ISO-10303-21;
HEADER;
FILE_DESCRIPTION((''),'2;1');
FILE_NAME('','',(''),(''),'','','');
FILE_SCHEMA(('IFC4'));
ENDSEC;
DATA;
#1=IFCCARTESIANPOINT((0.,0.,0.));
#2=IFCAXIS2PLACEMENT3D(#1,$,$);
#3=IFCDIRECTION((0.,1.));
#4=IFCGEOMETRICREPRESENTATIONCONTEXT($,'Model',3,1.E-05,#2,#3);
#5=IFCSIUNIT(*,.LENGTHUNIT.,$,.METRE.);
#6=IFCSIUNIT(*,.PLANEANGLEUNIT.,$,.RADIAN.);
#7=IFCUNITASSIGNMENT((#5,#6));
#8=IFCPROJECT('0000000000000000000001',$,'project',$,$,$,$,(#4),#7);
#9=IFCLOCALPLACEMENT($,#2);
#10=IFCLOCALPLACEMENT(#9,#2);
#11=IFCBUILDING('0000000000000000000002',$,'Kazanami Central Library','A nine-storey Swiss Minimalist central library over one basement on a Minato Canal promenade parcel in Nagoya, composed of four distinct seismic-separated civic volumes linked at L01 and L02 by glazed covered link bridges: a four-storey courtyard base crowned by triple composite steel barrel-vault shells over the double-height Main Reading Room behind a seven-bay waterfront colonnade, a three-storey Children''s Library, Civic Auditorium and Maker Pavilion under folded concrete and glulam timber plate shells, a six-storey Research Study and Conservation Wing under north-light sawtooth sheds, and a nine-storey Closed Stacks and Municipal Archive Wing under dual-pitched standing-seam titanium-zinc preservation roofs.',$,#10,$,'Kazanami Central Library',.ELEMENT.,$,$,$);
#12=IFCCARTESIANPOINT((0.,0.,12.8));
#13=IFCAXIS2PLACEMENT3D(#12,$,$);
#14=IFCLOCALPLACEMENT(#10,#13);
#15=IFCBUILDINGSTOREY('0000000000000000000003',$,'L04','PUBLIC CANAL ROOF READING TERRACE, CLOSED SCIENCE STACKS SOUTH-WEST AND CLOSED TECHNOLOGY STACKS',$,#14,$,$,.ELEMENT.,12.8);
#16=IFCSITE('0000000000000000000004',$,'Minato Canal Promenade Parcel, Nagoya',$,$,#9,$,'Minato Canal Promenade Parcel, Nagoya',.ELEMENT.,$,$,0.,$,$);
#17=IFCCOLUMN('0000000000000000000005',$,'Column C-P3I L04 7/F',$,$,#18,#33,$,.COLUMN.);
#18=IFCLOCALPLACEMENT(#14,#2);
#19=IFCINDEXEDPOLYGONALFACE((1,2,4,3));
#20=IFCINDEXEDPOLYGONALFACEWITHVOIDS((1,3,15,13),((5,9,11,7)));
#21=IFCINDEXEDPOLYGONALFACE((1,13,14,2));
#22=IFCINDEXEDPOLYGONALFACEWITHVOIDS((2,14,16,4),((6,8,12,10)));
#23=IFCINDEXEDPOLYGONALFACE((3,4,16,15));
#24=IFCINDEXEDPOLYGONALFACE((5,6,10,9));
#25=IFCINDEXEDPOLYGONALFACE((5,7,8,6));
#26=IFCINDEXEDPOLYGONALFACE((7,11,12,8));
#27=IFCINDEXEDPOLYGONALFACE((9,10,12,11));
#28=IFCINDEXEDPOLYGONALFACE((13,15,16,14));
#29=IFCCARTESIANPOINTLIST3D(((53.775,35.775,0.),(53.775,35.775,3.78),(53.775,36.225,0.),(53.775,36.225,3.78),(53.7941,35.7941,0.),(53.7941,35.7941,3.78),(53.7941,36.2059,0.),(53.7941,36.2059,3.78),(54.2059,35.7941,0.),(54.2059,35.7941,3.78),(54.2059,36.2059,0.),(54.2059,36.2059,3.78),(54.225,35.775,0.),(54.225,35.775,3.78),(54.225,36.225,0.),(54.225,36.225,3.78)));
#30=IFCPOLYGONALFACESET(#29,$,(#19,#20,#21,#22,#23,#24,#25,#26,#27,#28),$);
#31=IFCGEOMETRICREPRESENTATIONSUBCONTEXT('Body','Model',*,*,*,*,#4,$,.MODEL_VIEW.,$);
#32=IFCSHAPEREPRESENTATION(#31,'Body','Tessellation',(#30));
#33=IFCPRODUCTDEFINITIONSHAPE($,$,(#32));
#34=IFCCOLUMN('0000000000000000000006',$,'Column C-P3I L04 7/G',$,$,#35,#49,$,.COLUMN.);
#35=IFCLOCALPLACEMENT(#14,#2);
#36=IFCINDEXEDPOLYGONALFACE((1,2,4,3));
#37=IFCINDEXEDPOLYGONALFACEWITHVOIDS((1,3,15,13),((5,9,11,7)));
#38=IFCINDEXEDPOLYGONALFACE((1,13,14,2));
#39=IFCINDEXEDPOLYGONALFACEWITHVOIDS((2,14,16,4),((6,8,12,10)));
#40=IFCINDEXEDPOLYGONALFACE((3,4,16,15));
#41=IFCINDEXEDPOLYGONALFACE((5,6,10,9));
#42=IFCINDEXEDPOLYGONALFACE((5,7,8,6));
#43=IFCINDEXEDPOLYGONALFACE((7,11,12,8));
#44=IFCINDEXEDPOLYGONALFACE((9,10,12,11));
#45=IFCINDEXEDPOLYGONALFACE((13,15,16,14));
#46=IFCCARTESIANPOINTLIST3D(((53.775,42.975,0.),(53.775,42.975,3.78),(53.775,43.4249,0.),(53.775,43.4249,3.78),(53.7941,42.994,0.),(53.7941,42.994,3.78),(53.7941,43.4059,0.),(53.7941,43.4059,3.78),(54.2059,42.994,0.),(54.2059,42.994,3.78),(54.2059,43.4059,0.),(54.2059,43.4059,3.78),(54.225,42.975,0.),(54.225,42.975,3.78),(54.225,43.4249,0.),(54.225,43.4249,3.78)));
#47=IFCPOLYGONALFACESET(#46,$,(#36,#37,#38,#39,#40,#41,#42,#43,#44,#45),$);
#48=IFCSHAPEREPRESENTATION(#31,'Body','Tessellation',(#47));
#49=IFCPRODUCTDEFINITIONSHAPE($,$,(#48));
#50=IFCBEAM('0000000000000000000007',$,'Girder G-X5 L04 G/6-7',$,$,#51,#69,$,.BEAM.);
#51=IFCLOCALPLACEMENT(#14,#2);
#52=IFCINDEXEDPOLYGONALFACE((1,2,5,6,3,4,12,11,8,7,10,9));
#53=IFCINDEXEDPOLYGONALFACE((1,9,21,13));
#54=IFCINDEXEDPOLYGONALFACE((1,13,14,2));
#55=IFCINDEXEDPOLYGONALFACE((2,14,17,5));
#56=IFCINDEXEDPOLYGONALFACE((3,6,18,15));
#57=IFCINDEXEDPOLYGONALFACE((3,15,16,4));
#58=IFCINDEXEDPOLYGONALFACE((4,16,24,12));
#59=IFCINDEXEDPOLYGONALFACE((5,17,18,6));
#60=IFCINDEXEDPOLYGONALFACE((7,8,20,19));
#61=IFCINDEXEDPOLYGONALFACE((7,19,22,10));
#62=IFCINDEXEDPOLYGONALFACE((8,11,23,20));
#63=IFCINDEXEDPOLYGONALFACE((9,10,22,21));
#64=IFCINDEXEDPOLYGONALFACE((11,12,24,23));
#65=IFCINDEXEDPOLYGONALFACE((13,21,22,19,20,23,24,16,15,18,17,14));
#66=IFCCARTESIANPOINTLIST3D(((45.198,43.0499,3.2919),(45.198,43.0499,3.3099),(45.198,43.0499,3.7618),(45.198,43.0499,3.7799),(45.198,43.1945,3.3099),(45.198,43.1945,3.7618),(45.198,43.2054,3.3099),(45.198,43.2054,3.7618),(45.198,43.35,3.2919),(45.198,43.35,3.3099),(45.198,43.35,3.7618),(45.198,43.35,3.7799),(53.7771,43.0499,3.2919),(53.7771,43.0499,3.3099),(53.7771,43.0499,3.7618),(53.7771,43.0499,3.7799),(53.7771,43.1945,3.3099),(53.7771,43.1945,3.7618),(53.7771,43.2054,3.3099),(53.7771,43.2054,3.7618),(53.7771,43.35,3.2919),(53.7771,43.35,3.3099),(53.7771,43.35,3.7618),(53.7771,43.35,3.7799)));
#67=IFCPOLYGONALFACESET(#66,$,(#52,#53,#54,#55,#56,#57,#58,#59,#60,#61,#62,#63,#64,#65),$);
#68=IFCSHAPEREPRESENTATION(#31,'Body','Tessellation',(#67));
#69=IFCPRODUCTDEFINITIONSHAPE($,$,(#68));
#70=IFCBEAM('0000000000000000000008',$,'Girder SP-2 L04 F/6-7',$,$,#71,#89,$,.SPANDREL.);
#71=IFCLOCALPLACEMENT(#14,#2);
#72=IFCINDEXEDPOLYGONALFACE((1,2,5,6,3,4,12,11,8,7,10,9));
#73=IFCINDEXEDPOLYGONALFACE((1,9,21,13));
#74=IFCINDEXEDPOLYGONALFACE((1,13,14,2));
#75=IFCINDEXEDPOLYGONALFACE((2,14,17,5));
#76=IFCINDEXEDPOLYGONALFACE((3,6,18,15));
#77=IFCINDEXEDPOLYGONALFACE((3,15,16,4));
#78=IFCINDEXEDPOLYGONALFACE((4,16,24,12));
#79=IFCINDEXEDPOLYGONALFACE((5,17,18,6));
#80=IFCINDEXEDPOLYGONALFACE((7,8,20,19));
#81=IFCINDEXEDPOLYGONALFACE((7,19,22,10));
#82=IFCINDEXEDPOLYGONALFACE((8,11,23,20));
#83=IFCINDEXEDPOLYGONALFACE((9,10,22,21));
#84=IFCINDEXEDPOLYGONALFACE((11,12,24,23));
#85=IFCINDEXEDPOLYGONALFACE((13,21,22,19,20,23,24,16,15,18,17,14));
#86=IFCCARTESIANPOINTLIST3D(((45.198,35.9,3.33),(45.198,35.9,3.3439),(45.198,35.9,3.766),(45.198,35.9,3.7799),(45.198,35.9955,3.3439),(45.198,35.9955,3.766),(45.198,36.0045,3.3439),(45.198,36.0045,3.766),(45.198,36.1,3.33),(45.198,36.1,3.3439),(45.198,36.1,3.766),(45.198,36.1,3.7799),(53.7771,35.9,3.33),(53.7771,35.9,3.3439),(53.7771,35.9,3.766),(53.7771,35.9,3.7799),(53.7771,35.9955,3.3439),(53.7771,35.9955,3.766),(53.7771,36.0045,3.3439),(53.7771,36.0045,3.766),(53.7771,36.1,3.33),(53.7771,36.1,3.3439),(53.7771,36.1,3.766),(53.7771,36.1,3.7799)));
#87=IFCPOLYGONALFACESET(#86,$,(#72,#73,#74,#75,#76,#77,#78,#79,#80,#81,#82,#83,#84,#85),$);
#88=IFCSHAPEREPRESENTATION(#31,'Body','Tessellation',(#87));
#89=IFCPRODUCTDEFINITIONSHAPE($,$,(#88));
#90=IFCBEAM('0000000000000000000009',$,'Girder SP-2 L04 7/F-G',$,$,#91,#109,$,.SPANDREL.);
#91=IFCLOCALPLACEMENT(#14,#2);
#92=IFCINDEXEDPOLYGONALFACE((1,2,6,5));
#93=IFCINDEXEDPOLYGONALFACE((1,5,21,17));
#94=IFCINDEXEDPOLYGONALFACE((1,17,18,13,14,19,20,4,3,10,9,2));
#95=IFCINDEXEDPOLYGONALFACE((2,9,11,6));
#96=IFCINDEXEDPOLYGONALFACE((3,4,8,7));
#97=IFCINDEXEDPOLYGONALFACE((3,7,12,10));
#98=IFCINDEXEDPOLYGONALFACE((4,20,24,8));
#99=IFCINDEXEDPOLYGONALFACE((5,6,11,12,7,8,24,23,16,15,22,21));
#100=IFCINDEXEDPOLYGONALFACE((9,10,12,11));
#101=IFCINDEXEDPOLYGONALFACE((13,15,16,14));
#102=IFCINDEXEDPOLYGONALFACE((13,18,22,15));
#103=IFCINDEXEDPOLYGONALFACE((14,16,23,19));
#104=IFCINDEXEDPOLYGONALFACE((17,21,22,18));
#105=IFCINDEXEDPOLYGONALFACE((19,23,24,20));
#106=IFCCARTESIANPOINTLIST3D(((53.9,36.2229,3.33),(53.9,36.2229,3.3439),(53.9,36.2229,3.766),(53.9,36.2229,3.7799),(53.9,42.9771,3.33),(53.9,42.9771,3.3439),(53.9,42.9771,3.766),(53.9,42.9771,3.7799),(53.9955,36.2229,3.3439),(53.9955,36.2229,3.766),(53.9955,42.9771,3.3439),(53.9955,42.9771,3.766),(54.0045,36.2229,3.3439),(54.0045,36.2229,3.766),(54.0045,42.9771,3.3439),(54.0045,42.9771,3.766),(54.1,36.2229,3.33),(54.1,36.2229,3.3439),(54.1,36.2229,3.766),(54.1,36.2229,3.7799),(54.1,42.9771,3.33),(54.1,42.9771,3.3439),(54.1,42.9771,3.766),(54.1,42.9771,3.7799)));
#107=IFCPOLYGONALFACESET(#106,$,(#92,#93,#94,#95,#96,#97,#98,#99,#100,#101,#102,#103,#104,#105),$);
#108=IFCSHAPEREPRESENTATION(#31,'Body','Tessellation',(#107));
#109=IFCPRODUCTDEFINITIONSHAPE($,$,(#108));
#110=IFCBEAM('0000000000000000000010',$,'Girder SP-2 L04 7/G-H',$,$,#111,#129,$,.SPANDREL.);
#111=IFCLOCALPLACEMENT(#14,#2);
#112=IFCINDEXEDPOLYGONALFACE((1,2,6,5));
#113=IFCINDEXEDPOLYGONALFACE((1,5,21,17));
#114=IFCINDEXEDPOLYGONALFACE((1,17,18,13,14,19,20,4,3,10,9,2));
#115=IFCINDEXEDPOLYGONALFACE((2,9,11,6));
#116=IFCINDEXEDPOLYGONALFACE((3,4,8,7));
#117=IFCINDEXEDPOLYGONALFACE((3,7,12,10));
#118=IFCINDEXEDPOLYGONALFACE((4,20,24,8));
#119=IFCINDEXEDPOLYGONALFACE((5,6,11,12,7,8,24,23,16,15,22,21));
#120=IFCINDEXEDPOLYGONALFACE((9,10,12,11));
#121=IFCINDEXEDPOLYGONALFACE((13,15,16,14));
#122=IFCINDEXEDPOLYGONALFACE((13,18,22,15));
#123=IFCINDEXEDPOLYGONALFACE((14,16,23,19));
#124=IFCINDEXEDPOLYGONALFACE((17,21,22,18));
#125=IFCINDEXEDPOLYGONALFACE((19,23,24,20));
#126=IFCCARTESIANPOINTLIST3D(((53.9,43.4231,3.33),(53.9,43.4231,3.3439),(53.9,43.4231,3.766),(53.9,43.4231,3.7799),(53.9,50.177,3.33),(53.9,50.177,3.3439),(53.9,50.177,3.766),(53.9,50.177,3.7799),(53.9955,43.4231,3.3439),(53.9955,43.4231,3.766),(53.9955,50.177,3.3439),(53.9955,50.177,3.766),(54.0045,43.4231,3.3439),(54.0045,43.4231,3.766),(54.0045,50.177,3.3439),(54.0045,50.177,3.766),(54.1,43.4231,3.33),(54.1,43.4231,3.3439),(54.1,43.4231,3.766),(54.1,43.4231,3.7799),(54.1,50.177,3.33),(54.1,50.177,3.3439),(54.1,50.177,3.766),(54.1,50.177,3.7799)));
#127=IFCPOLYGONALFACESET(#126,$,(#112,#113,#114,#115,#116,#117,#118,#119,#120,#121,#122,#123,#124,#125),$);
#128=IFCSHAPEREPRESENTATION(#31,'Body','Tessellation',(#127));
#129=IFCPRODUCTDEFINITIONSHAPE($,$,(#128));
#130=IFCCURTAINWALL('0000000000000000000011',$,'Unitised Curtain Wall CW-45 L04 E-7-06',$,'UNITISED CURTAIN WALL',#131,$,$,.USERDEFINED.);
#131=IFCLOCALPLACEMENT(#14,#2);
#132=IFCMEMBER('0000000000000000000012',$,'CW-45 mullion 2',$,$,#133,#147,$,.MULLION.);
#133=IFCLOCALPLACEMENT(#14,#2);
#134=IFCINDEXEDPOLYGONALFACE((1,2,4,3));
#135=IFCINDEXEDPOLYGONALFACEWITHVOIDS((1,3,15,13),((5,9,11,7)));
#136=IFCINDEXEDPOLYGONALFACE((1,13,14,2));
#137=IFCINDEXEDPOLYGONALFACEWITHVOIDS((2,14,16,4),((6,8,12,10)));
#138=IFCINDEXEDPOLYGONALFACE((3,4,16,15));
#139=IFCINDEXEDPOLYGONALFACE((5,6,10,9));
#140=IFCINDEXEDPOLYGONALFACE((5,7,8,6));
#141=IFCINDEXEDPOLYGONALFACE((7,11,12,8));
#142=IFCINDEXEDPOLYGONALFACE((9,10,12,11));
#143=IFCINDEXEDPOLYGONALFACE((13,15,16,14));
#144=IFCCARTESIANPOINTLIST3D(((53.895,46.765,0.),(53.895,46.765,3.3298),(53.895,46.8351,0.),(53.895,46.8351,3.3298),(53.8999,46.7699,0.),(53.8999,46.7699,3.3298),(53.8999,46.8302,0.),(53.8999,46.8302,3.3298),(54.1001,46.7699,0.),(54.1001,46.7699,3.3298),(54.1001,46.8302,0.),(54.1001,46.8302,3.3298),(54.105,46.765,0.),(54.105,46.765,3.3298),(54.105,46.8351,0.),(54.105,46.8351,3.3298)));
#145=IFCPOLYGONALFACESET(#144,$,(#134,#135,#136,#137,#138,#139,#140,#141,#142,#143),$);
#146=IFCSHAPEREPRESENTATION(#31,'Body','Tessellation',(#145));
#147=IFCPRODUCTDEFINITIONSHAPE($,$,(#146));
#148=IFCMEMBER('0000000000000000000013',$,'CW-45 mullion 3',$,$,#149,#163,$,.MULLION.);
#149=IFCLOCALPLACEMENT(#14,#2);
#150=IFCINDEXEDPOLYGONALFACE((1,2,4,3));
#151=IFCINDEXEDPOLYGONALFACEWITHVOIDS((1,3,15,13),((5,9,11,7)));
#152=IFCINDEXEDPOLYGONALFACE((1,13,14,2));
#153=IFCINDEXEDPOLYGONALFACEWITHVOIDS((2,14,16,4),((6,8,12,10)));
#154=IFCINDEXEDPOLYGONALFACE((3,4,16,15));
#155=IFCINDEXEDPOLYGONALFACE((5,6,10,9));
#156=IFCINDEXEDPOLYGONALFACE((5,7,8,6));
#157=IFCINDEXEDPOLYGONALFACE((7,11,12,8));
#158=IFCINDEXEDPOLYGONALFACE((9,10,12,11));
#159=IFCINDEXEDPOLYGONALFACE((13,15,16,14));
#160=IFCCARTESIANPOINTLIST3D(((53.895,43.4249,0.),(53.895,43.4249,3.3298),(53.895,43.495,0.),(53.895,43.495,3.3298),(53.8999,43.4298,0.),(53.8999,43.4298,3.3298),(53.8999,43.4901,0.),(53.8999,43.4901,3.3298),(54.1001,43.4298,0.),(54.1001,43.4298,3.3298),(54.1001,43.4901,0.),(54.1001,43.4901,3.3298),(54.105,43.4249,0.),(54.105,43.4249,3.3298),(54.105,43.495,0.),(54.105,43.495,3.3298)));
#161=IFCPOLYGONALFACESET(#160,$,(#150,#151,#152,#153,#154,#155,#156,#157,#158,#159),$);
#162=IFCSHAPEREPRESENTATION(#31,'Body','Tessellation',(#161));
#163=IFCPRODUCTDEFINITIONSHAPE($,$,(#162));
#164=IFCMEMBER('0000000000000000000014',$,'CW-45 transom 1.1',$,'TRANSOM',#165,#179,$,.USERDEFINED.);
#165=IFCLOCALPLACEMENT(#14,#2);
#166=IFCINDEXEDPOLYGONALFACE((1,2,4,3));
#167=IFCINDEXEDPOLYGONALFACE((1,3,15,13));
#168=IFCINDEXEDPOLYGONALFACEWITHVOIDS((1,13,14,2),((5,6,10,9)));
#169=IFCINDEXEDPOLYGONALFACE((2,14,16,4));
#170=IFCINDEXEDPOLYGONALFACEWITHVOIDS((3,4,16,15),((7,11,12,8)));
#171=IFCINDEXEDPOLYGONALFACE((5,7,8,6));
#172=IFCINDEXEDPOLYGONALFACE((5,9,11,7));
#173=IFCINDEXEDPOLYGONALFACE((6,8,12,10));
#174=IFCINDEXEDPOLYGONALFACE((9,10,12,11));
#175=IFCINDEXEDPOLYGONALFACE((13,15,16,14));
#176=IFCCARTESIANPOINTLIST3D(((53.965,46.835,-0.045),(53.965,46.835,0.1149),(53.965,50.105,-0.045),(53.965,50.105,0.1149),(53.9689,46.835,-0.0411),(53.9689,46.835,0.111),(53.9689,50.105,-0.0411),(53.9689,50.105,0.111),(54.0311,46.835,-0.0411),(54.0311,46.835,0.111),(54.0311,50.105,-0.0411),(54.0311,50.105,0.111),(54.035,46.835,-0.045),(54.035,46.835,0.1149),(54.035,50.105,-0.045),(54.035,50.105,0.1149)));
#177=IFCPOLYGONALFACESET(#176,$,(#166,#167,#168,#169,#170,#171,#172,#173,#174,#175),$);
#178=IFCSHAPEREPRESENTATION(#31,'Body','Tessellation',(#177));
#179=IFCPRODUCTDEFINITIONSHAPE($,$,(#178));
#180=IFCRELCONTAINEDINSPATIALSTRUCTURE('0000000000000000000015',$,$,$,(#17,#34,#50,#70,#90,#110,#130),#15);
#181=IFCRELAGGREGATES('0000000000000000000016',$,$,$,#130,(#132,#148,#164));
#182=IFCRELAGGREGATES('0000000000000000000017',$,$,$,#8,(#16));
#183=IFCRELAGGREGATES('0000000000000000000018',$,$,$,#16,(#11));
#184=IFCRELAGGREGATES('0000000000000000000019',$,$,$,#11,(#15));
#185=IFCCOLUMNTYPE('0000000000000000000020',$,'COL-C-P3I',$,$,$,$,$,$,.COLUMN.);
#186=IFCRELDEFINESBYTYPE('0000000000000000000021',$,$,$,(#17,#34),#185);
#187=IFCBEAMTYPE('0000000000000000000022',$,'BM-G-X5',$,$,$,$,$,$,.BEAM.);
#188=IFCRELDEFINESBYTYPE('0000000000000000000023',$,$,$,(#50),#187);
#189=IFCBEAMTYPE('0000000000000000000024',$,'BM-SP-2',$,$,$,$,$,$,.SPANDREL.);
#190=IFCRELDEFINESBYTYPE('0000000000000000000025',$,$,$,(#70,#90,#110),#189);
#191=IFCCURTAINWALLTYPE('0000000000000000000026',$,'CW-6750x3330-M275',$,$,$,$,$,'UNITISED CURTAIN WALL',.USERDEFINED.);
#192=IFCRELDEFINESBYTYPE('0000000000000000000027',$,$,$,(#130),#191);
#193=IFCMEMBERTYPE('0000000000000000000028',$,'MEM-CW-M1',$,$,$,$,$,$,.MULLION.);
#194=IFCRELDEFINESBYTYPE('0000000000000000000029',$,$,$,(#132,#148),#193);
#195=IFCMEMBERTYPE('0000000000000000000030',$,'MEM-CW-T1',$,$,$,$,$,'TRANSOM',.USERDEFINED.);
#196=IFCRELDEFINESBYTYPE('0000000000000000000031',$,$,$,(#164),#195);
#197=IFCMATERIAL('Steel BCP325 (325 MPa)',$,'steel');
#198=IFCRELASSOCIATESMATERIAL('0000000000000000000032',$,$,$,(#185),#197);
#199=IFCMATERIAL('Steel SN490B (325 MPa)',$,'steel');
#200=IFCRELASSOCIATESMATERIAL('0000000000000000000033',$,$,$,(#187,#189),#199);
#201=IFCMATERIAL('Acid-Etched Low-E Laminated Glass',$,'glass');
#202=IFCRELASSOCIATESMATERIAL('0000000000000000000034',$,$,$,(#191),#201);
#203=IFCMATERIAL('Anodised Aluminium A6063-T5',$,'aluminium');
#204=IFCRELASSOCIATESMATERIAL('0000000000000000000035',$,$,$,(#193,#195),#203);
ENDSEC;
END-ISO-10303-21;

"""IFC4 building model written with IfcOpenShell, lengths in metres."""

from ifc_helpers import new_model, si_unit, direction, frame, origin, origin_2d, place, context, subcontext, project, spatial, hollow_rectangle, i_section, extrude, material, material_profile, profile_set, type_object, element, aggregate, save


model = new_model("IFC4")

# Units and contexts
model_context = context("Model", 3, precision=1e-05, world=origin(), true_north=direction((0.0, 1.0)))
body_context = subcontext(model_context, "Body", "Model", "MODEL_VIEW")
ifc_project = project(units=[si_unit("LENGTHUNIT", "METRE"), si_unit("PLANEANGLEUNIT", "RADIAN")], contexts=[model_context])

# Site, building, storey
site_placement = place(None, origin())
site = spatial("IfcSite", under=ifc_project, at=site_placement, Name="Minato Canal Promenade Parcel, Nagoya", LongName="Minato Canal Promenade Parcel, Nagoya", CompositionType="ELEMENT", RefElevation=0.0)
building_placement = place(site_placement, origin())
building = spatial("IfcBuilding", under=site, at=building_placement, Name="Kazanami Central Library", Description="A nine-storey Swiss Minimalist central library over one basement on a Minato Canal promenade parcel in Nagoya, composed of four distinct seismic-separated civic volumes linked at L01 and L02 by glazed covered link bridges: a four-storey courtyard base crowned by triple composite steel barrel-vault shells over the double-height Main Reading Room behind a seven-bay waterfront colonnade, a three-storey Children's Library, Civic Auditorium and Maker Pavilion under folded concrete and glulam timber plate shells, a six-storey Research Study and Conservation Wing under north-light sawtooth sheds, and a nine-storey Closed Stacks and Municipal Archive Wing under dual-pitched standing-seam titanium-zinc preservation roofs.", LongName="Kazanami Central Library", CompositionType="ELEMENT")
storey_placement = place(building_placement, frame((0.0, 0.0, 12.8)))
storey = spatial("IfcBuildingStorey", under=building, at=storey_placement, Name="L04", Description="PUBLIC CANAL ROOF READING TERRACE, CLOSED SCIENCE STACKS SOUTH-WEST AND CLOSED TECHNOLOGY STACKS", CompositionType="ELEMENT", Elevation=12.8)

# Columns
ifc_material_1 = material(Name="Steel BCP325 (325 MPa)", Category="steel")
ifc_material_profile_1 = material_profile(ifc_material_1, hollow_rectangle(XDim=0.45, YDim=0.45, WallThickness=0.019, at=origin_2d()), Name="BCP-450x450x19")
ifc_profile_set_1 = profile_set([ifc_material_profile_1], Name="Steel BCP325 (325 MPa)")
column_type = type_object("IfcColumnType", Name="COL-C-P3I", PredefinedType="COLUMN", material=ifc_profile_set_1)
for number, where, z_axis, x_axis, name in (
    (1, (54.0, 36.0, 0.0), (0.0, 0.0, 1.0), (1.0, 0.0, 0.0), "Column C-P3I L04 7/F"),
    (2, (54.0, 43.2, 0.0), (0.0, 0.0, 1.0), (1.0, 0.0, 0.0), "Column C-P3I L04 7/G"),
):
    element("IfcColumn", number, at=place(storey_placement, frame(where, z_axis=z_axis, x_axis=x_axis)), inside=storey, type_object=column_type, Name=name, PredefinedType="COLUMN", context=body_context, shape_type="SweptSolid", body=[
        extrude(hollow_rectangle(XDim=0.45, YDim=0.45, WallThickness=0.019, at=origin_2d()), origin(), (0.0, 0.0, 1.0), 3.78),
    ])

# Beams
ifc_material_2 = material(Name="Steel SN490B (325 MPa)", Category="steel")
ifc_material_profile_2 = material_profile(ifc_material_2, i_section(OverallWidth=0.3, OverallDepth=0.488, WebThickness=0.011, FlangeThickness=0.0181, at=origin_2d()), Name="H-488x300x11x18")
ifc_profile_set_2 = profile_set([ifc_material_profile_2], Name="Steel SN490B (325 MPa)")
beam_type_1 = type_object("IfcBeamType", Name="BM-G-X5", PredefinedType="BEAM", material=ifc_profile_set_2)
beam_1_placement = place(storey_placement, frame((45.198, 43.2, 3.5359), z_axis=(1.0, 0.0, 0.0), x_axis=(0.0, 1.0, 0.0)))
element("IfcBeam", 3, at=beam_1_placement, inside=storey, type_object=beam_type_1, Name="Girder G-X5 L04 G/6-7", PredefinedType="BEAM", context=body_context, shape_type="SweptSolid", body=[
    extrude(i_section(OverallWidth=0.3, OverallDepth=0.488, WebThickness=0.011, FlangeThickness=0.0181, at=origin_2d()), origin(), (0.0, 0.0, 1.0), 8.5791),
])
ifc_material_profile_3 = material_profile(ifc_material_2, i_section(OverallWidth=0.2, OverallDepth=0.45, WebThickness=0.009, FlangeThickness=0.0139, at=origin_2d()), Name="H-450x200x9x14")
ifc_profile_set_3 = profile_set([ifc_material_profile_3], Name="Steel SN490B (325 MPa)")
beam_type_2 = type_object("IfcBeamType", Name="BM-SP-2", PredefinedType="SPANDREL", material=ifc_profile_set_3)
beam_2_placement = place(storey_placement, frame((45.198, 36.0, 3.5549), z_axis=(1.0, 0.0, 0.0), x_axis=(0.0, 1.0, 0.0)))
element("IfcBeam", 4, at=beam_2_placement, inside=storey, type_object=beam_type_2, Name="Girder SP-2 L04 F/6-7", PredefinedType="SPANDREL", context=body_context, shape_type="SweptSolid", body=[
    extrude(i_section(OverallWidth=0.2, OverallDepth=0.45, WebThickness=0.009, FlangeThickness=0.0139, at=origin_2d()), origin(), (0.0, 0.0, 1.0), 8.5791),
])
beam_3_placement = place(storey_placement, frame((54.0, 36.2229, 3.5549), z_axis=(0.0, 1.0, 0.0), x_axis=(-1.0, 0.0, 0.0)))
element("IfcBeam", 5, at=beam_3_placement, inside=storey, type_object=beam_type_2, Name="Girder SP-2 L04 7/F-G", PredefinedType="SPANDREL", context=body_context, shape_type="SweptSolid", body=[
    extrude(i_section(OverallWidth=0.2, OverallDepth=0.45, WebThickness=0.009, FlangeThickness=0.0139, at=origin_2d()), origin(), (0.0, 0.0, 1.0), 6.7542),
])
beam_4_placement = place(storey_placement, frame((54.0, 43.4231, 3.5549), z_axis=(0.0, 1.0, 0.0), x_axis=(-1.0, 0.0, 0.0)))
element("IfcBeam", 6, at=beam_4_placement, inside=storey, type_object=beam_type_2, Name="Girder SP-2 L04 7/G-H", PredefinedType="SPANDREL", context=body_context, shape_type="SweptSolid", body=[
    extrude(i_section(OverallWidth=0.2, OverallDepth=0.45, WebThickness=0.009, FlangeThickness=0.0139, at=origin_2d()), origin(), (0.0, 0.0, 1.0), 6.7539),
])

# Curtain wall, members
ifc_material_3 = material(Name="Acid-Etched Low-E Laminated Glass", Category="glass")
curtain_wall_type = type_object("IfcCurtainWallType", Name="CW-6750x3330-M275", ElementType="UNITISED CURTAIN WALL", PredefinedType="USERDEFINED", material=ifc_material_3)
curtain_wall_placement = place(storey_placement, origin())
curtain_wall = element("IfcCurtainWall", 7, at=curtain_wall_placement, inside=storey, type_object=curtain_wall_type, Name="Unitised Curtain Wall CW-45 L04 E-7-06", ObjectType="UNITISED CURTAIN WALL", PredefinedType="USERDEFINED")
ifc_material_4 = material(Name="Anodised Aluminium A6063-T5", Category="aluminium")
ifc_material_profile_4 = material_profile(ifc_material_4, hollow_rectangle(XDim=0.0701, YDim=0.21, WallThickness=0.0049, at=origin_2d()), Name="ALU-MULL-70x210x5")
ifc_profile_set_4 = profile_set([ifc_material_profile_4], Name="Anodised Aluminium A6063-T5")
member_type_1 = type_object("IfcMemberType", Name="MEM-CW-M1", PredefinedType="MULLION", material=ifc_profile_set_4)
member_1_placement = place(storey_placement, frame((54.0, 46.8, 0.0), z_axis=(0.0, 0.0, 1.0), x_axis=(0.0, -1.0, 0.0)))
member_1 = element("IfcMember", 8, at=member_1_placement, type_object=member_type_1, Name="CW-45 mullion 2", PredefinedType="MULLION", context=body_context, shape_type="SweptSolid", body=[
    extrude(hollow_rectangle(XDim=0.0701, YDim=0.21, WallThickness=0.0049, at=origin_2d()), origin(), (0.0, 0.0, 1.0), 3.3298),
])
member_2_placement = place(storey_placement, frame((54.0, 43.46, 0.0), z_axis=(0.0, 0.0, 1.0), x_axis=(0.0, -1.0, 0.0)))
member_2 = element("IfcMember", 9, at=member_2_placement, type_object=member_type_1, Name="CW-45 mullion 3", PredefinedType="MULLION", context=body_context, shape_type="SweptSolid", body=[
    extrude(hollow_rectangle(XDim=0.0701, YDim=0.21, WallThickness=0.0049, at=origin_2d()), origin(), (0.0, 0.0, 1.0), 3.3298),
])
ifc_material_profile_5 = material_profile(ifc_material_4, hollow_rectangle(XDim=0.0701, YDim=0.1599, WallThickness=0.0039, at=origin_2d()), Name="ALU-TRAN-70x160x4")
ifc_profile_set_5 = profile_set([ifc_material_profile_5], Name="Anodised Aluminium A6063-T5")
member_type_2 = type_object("IfcMemberType", Name="MEM-CW-T1", ElementType="TRANSOM", PredefinedType="USERDEFINED", material=ifc_profile_set_5)
member_3_placement = place(storey_placement, frame((54.0, 50.105, 0.0349), z_axis=(0.0, -1.0, 0.0), x_axis=(1.0, 0.0, 0.0)))
member_3 = element("IfcMember", 10, at=member_3_placement, type_object=member_type_2, Name="CW-45 transom 1.1", ObjectType="TRANSOM", PredefinedType="USERDEFINED", context=body_context, shape_type="SweptSolid", body=[
    extrude(hollow_rectangle(XDim=0.0701, YDim=0.1599, WallThickness=0.0039, at=origin_2d()), origin(), (0.0, 0.0, 1.0), 3.27),
])
aggregate(curtain_wall, [member_1, member_2, member_3])

save(model, "model.ifc")
